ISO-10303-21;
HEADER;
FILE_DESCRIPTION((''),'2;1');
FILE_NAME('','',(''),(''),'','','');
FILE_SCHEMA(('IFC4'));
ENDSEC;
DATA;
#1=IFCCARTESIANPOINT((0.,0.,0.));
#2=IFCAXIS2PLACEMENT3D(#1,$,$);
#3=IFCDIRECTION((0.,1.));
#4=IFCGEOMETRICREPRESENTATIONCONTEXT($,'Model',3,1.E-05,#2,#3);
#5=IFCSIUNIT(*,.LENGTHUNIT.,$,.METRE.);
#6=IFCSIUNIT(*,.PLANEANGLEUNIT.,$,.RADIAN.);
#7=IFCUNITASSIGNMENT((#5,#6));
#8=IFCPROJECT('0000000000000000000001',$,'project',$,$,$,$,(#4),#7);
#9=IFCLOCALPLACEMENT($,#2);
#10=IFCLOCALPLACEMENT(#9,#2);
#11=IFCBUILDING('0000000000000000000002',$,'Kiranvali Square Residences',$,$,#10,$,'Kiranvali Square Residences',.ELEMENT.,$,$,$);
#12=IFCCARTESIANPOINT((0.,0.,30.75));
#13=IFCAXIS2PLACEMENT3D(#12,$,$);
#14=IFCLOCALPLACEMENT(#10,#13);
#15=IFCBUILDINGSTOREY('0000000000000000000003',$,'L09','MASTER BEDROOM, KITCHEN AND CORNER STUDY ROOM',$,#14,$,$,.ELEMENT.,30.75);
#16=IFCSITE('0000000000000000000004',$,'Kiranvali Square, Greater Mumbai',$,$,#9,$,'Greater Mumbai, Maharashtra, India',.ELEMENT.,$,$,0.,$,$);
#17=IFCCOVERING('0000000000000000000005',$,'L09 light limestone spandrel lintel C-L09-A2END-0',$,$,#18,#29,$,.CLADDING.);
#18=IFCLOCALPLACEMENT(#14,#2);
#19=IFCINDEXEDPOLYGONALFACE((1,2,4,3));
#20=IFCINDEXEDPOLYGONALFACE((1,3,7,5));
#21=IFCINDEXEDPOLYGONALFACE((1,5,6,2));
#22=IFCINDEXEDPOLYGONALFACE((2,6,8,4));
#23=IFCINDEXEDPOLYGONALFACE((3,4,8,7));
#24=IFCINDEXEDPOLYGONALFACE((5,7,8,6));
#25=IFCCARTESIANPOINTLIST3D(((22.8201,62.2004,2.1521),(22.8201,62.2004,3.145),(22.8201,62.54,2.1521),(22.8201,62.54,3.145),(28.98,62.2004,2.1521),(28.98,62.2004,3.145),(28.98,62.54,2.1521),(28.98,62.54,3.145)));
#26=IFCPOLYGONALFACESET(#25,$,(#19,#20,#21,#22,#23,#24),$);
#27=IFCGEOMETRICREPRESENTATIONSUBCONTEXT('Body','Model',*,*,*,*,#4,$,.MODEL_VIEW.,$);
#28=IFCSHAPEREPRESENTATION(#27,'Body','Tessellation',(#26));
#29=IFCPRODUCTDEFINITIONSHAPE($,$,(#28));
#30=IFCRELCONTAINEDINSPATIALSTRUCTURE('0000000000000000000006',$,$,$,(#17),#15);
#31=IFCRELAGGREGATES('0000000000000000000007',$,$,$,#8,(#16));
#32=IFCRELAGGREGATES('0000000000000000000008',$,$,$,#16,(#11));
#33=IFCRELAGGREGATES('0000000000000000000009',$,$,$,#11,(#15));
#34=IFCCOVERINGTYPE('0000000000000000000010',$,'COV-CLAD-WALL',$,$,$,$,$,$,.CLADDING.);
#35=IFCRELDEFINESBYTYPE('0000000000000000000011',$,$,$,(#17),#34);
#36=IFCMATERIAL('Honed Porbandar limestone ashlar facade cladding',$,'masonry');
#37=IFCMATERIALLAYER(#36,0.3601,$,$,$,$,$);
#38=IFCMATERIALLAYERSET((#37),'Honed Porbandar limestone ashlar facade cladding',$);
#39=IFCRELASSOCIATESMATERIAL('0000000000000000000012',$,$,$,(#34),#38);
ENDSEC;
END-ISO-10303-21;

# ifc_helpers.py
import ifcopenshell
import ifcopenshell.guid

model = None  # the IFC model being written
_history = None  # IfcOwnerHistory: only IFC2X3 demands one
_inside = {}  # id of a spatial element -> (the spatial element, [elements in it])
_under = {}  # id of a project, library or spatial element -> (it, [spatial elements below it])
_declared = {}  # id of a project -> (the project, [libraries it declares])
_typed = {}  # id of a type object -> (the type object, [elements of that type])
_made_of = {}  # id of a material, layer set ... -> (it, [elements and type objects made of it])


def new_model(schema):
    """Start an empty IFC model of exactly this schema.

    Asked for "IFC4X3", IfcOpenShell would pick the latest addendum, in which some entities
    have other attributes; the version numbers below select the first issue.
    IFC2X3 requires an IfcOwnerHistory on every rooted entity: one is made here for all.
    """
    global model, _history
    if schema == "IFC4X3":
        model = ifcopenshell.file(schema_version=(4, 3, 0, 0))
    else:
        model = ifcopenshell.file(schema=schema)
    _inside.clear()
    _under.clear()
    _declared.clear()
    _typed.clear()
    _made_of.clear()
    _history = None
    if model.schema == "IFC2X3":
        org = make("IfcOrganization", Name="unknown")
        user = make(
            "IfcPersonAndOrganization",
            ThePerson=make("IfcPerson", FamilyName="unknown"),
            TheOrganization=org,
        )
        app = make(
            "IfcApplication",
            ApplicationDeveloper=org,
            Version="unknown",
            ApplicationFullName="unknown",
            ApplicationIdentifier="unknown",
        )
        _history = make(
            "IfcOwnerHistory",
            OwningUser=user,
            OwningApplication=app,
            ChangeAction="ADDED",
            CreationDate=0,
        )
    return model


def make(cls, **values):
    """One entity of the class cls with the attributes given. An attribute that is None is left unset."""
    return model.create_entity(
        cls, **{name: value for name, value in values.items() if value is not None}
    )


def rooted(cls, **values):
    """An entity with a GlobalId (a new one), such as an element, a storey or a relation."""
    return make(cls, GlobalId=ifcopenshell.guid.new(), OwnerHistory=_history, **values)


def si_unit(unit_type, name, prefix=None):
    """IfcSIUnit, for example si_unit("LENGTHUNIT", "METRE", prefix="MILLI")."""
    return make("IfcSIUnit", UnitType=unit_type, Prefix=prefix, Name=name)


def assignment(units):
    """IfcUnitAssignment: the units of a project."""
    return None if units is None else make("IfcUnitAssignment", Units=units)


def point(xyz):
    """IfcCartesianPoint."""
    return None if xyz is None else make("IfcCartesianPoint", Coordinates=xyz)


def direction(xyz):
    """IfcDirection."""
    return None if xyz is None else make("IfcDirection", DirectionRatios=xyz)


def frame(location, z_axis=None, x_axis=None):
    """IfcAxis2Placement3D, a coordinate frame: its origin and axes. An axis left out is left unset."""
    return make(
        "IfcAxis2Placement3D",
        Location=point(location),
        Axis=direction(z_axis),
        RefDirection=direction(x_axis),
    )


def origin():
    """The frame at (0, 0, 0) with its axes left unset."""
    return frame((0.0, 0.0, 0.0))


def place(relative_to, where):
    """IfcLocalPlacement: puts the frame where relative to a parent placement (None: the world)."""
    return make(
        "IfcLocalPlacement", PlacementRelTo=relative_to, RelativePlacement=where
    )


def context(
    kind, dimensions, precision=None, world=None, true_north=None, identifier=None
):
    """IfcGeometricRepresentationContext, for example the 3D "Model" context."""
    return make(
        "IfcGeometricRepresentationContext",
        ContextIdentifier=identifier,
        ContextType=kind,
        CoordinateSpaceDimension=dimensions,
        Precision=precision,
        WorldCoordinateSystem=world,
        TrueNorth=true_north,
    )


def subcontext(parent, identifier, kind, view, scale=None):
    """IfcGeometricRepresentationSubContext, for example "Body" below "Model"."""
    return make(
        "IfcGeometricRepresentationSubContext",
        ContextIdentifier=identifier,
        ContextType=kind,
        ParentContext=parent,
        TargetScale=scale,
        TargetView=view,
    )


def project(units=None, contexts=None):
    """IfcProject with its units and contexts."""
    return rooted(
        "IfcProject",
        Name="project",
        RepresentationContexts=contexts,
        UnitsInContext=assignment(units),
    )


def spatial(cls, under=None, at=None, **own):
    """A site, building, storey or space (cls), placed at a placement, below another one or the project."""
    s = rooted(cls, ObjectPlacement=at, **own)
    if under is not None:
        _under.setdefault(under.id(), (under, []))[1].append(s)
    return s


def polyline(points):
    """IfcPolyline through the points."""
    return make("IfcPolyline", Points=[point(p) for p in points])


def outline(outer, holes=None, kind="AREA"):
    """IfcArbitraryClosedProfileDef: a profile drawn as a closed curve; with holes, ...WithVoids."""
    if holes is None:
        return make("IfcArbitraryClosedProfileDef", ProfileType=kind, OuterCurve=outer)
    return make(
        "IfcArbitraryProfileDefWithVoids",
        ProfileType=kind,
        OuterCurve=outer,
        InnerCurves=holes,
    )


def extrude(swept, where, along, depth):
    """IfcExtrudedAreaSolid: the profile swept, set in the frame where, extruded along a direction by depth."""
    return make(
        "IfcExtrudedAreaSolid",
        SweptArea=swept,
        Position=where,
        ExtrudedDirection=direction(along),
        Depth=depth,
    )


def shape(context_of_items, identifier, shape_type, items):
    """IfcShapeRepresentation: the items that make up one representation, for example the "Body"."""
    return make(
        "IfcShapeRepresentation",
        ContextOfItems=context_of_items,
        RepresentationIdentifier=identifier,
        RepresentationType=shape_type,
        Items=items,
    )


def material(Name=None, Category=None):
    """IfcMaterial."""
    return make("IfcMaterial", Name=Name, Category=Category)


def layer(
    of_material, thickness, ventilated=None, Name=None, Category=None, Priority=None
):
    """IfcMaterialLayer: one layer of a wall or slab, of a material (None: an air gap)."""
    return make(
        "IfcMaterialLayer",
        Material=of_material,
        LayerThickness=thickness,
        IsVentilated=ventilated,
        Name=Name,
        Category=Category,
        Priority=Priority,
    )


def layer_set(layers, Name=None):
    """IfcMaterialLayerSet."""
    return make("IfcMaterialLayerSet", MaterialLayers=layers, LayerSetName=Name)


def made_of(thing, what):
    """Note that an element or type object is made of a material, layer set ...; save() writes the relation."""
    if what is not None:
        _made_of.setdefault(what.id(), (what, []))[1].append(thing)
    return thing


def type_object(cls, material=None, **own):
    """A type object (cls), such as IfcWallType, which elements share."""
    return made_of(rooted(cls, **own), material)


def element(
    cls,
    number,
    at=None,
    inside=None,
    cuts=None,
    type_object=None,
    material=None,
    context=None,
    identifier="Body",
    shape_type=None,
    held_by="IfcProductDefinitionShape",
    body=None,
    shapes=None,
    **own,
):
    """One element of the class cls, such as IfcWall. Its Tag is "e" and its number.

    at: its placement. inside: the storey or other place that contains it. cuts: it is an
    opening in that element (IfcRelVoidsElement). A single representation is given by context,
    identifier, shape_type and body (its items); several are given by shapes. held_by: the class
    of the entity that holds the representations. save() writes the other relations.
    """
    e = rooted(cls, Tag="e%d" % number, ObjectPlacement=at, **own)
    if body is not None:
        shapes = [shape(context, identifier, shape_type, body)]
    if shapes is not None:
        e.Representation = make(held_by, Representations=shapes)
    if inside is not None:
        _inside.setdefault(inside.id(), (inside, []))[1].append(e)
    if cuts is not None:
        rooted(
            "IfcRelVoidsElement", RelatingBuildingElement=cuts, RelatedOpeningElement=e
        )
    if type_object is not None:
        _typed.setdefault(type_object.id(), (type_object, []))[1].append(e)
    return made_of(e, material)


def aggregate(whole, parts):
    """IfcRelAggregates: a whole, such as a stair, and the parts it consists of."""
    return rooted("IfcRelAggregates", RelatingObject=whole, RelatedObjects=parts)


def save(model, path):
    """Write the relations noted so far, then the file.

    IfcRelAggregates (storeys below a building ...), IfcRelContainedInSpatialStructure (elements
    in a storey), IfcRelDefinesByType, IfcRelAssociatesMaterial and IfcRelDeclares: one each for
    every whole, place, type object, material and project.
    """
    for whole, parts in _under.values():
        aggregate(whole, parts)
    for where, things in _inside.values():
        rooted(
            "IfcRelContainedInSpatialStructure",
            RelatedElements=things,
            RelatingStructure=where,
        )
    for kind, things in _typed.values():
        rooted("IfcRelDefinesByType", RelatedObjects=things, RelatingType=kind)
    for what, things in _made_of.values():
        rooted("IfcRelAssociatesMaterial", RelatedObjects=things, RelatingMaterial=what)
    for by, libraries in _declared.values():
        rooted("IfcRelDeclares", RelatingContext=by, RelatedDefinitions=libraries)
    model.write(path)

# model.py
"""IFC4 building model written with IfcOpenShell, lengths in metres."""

from ifc_helpers import new_model, si_unit, direction, frame, origin, place, context, subcontext, project, spatial, polyline, outline, extrude, material, layer, layer_set, type_object, element, save


model = new_model("IFC4")

# Units and contexts
model_context = context("Model", 3, precision=1e-05, world=origin(), true_north=direction((0.0, 1.0)))
body_context = subcontext(model_context, "Body", "Model", "MODEL_VIEW")
ifc_project = project(units=[si_unit("LENGTHUNIT", "METRE"), si_unit("PLANEANGLEUNIT", "RADIAN")], contexts=[model_context])

# Site, building, storey
site_placement = place(None, origin())
site = spatial("IfcSite", under=ifc_project, at=site_placement, Name="Kiranvali Square, Greater Mumbai", LongName="Greater Mumbai, Maharashtra, India", CompositionType="ELEMENT", RefElevation=0.0)
building_placement = place(site_placement, origin())
building = spatial("IfcBuilding", under=site, at=building_placement, Name="Kiranvali Square Residences", LongName="Kiranvali Square Residences", CompositionType="ELEMENT")
storey_placement = place(building_placement, frame((0.0, 0.0, 30.75)))
storey = spatial("IfcBuildingStorey", under=building, at=storey_placement, Name="L09", Description="MASTER BEDROOM, KITCHEN AND CORNER STUDY ROOM", CompositionType="ELEMENT", Elevation=30.75)

# Covering
ifc_material = material(Name="Honed Porbandar limestone ashlar facade cladding", Category="masonry")
ifc_layer = layer(ifc_material, 0.3601)
ifc_layer_set = layer_set([ifc_layer], Name="Honed Porbandar limestone ashlar facade cladding")
covering_type = type_object("IfcCoveringType", Name="COV-CLAD-WALL", PredefinedType="CLADDING", material=ifc_layer_set)
covering_1_placement = place(storey_placement, frame((0.0, 0.0, 2.1521)))
element("IfcCovering", 1, at=covering_1_placement, inside=storey, type_object=covering_type, Name="L09 light limestone spandrel lintel C-L09-A2END-0", PredefinedType="CLADDING", context=body_context, shape_type="SweptSolid", body=[
    extrude(outline(polyline([(28.98, 62.54), (22.8201, 62.54), (22.8201, 62.2004), (28.98, 62.2004), (28.98, 62.54)])), origin(), (0.0, 0.0, 1.0), 0.9929),
])

save(model, "model.ifc")
